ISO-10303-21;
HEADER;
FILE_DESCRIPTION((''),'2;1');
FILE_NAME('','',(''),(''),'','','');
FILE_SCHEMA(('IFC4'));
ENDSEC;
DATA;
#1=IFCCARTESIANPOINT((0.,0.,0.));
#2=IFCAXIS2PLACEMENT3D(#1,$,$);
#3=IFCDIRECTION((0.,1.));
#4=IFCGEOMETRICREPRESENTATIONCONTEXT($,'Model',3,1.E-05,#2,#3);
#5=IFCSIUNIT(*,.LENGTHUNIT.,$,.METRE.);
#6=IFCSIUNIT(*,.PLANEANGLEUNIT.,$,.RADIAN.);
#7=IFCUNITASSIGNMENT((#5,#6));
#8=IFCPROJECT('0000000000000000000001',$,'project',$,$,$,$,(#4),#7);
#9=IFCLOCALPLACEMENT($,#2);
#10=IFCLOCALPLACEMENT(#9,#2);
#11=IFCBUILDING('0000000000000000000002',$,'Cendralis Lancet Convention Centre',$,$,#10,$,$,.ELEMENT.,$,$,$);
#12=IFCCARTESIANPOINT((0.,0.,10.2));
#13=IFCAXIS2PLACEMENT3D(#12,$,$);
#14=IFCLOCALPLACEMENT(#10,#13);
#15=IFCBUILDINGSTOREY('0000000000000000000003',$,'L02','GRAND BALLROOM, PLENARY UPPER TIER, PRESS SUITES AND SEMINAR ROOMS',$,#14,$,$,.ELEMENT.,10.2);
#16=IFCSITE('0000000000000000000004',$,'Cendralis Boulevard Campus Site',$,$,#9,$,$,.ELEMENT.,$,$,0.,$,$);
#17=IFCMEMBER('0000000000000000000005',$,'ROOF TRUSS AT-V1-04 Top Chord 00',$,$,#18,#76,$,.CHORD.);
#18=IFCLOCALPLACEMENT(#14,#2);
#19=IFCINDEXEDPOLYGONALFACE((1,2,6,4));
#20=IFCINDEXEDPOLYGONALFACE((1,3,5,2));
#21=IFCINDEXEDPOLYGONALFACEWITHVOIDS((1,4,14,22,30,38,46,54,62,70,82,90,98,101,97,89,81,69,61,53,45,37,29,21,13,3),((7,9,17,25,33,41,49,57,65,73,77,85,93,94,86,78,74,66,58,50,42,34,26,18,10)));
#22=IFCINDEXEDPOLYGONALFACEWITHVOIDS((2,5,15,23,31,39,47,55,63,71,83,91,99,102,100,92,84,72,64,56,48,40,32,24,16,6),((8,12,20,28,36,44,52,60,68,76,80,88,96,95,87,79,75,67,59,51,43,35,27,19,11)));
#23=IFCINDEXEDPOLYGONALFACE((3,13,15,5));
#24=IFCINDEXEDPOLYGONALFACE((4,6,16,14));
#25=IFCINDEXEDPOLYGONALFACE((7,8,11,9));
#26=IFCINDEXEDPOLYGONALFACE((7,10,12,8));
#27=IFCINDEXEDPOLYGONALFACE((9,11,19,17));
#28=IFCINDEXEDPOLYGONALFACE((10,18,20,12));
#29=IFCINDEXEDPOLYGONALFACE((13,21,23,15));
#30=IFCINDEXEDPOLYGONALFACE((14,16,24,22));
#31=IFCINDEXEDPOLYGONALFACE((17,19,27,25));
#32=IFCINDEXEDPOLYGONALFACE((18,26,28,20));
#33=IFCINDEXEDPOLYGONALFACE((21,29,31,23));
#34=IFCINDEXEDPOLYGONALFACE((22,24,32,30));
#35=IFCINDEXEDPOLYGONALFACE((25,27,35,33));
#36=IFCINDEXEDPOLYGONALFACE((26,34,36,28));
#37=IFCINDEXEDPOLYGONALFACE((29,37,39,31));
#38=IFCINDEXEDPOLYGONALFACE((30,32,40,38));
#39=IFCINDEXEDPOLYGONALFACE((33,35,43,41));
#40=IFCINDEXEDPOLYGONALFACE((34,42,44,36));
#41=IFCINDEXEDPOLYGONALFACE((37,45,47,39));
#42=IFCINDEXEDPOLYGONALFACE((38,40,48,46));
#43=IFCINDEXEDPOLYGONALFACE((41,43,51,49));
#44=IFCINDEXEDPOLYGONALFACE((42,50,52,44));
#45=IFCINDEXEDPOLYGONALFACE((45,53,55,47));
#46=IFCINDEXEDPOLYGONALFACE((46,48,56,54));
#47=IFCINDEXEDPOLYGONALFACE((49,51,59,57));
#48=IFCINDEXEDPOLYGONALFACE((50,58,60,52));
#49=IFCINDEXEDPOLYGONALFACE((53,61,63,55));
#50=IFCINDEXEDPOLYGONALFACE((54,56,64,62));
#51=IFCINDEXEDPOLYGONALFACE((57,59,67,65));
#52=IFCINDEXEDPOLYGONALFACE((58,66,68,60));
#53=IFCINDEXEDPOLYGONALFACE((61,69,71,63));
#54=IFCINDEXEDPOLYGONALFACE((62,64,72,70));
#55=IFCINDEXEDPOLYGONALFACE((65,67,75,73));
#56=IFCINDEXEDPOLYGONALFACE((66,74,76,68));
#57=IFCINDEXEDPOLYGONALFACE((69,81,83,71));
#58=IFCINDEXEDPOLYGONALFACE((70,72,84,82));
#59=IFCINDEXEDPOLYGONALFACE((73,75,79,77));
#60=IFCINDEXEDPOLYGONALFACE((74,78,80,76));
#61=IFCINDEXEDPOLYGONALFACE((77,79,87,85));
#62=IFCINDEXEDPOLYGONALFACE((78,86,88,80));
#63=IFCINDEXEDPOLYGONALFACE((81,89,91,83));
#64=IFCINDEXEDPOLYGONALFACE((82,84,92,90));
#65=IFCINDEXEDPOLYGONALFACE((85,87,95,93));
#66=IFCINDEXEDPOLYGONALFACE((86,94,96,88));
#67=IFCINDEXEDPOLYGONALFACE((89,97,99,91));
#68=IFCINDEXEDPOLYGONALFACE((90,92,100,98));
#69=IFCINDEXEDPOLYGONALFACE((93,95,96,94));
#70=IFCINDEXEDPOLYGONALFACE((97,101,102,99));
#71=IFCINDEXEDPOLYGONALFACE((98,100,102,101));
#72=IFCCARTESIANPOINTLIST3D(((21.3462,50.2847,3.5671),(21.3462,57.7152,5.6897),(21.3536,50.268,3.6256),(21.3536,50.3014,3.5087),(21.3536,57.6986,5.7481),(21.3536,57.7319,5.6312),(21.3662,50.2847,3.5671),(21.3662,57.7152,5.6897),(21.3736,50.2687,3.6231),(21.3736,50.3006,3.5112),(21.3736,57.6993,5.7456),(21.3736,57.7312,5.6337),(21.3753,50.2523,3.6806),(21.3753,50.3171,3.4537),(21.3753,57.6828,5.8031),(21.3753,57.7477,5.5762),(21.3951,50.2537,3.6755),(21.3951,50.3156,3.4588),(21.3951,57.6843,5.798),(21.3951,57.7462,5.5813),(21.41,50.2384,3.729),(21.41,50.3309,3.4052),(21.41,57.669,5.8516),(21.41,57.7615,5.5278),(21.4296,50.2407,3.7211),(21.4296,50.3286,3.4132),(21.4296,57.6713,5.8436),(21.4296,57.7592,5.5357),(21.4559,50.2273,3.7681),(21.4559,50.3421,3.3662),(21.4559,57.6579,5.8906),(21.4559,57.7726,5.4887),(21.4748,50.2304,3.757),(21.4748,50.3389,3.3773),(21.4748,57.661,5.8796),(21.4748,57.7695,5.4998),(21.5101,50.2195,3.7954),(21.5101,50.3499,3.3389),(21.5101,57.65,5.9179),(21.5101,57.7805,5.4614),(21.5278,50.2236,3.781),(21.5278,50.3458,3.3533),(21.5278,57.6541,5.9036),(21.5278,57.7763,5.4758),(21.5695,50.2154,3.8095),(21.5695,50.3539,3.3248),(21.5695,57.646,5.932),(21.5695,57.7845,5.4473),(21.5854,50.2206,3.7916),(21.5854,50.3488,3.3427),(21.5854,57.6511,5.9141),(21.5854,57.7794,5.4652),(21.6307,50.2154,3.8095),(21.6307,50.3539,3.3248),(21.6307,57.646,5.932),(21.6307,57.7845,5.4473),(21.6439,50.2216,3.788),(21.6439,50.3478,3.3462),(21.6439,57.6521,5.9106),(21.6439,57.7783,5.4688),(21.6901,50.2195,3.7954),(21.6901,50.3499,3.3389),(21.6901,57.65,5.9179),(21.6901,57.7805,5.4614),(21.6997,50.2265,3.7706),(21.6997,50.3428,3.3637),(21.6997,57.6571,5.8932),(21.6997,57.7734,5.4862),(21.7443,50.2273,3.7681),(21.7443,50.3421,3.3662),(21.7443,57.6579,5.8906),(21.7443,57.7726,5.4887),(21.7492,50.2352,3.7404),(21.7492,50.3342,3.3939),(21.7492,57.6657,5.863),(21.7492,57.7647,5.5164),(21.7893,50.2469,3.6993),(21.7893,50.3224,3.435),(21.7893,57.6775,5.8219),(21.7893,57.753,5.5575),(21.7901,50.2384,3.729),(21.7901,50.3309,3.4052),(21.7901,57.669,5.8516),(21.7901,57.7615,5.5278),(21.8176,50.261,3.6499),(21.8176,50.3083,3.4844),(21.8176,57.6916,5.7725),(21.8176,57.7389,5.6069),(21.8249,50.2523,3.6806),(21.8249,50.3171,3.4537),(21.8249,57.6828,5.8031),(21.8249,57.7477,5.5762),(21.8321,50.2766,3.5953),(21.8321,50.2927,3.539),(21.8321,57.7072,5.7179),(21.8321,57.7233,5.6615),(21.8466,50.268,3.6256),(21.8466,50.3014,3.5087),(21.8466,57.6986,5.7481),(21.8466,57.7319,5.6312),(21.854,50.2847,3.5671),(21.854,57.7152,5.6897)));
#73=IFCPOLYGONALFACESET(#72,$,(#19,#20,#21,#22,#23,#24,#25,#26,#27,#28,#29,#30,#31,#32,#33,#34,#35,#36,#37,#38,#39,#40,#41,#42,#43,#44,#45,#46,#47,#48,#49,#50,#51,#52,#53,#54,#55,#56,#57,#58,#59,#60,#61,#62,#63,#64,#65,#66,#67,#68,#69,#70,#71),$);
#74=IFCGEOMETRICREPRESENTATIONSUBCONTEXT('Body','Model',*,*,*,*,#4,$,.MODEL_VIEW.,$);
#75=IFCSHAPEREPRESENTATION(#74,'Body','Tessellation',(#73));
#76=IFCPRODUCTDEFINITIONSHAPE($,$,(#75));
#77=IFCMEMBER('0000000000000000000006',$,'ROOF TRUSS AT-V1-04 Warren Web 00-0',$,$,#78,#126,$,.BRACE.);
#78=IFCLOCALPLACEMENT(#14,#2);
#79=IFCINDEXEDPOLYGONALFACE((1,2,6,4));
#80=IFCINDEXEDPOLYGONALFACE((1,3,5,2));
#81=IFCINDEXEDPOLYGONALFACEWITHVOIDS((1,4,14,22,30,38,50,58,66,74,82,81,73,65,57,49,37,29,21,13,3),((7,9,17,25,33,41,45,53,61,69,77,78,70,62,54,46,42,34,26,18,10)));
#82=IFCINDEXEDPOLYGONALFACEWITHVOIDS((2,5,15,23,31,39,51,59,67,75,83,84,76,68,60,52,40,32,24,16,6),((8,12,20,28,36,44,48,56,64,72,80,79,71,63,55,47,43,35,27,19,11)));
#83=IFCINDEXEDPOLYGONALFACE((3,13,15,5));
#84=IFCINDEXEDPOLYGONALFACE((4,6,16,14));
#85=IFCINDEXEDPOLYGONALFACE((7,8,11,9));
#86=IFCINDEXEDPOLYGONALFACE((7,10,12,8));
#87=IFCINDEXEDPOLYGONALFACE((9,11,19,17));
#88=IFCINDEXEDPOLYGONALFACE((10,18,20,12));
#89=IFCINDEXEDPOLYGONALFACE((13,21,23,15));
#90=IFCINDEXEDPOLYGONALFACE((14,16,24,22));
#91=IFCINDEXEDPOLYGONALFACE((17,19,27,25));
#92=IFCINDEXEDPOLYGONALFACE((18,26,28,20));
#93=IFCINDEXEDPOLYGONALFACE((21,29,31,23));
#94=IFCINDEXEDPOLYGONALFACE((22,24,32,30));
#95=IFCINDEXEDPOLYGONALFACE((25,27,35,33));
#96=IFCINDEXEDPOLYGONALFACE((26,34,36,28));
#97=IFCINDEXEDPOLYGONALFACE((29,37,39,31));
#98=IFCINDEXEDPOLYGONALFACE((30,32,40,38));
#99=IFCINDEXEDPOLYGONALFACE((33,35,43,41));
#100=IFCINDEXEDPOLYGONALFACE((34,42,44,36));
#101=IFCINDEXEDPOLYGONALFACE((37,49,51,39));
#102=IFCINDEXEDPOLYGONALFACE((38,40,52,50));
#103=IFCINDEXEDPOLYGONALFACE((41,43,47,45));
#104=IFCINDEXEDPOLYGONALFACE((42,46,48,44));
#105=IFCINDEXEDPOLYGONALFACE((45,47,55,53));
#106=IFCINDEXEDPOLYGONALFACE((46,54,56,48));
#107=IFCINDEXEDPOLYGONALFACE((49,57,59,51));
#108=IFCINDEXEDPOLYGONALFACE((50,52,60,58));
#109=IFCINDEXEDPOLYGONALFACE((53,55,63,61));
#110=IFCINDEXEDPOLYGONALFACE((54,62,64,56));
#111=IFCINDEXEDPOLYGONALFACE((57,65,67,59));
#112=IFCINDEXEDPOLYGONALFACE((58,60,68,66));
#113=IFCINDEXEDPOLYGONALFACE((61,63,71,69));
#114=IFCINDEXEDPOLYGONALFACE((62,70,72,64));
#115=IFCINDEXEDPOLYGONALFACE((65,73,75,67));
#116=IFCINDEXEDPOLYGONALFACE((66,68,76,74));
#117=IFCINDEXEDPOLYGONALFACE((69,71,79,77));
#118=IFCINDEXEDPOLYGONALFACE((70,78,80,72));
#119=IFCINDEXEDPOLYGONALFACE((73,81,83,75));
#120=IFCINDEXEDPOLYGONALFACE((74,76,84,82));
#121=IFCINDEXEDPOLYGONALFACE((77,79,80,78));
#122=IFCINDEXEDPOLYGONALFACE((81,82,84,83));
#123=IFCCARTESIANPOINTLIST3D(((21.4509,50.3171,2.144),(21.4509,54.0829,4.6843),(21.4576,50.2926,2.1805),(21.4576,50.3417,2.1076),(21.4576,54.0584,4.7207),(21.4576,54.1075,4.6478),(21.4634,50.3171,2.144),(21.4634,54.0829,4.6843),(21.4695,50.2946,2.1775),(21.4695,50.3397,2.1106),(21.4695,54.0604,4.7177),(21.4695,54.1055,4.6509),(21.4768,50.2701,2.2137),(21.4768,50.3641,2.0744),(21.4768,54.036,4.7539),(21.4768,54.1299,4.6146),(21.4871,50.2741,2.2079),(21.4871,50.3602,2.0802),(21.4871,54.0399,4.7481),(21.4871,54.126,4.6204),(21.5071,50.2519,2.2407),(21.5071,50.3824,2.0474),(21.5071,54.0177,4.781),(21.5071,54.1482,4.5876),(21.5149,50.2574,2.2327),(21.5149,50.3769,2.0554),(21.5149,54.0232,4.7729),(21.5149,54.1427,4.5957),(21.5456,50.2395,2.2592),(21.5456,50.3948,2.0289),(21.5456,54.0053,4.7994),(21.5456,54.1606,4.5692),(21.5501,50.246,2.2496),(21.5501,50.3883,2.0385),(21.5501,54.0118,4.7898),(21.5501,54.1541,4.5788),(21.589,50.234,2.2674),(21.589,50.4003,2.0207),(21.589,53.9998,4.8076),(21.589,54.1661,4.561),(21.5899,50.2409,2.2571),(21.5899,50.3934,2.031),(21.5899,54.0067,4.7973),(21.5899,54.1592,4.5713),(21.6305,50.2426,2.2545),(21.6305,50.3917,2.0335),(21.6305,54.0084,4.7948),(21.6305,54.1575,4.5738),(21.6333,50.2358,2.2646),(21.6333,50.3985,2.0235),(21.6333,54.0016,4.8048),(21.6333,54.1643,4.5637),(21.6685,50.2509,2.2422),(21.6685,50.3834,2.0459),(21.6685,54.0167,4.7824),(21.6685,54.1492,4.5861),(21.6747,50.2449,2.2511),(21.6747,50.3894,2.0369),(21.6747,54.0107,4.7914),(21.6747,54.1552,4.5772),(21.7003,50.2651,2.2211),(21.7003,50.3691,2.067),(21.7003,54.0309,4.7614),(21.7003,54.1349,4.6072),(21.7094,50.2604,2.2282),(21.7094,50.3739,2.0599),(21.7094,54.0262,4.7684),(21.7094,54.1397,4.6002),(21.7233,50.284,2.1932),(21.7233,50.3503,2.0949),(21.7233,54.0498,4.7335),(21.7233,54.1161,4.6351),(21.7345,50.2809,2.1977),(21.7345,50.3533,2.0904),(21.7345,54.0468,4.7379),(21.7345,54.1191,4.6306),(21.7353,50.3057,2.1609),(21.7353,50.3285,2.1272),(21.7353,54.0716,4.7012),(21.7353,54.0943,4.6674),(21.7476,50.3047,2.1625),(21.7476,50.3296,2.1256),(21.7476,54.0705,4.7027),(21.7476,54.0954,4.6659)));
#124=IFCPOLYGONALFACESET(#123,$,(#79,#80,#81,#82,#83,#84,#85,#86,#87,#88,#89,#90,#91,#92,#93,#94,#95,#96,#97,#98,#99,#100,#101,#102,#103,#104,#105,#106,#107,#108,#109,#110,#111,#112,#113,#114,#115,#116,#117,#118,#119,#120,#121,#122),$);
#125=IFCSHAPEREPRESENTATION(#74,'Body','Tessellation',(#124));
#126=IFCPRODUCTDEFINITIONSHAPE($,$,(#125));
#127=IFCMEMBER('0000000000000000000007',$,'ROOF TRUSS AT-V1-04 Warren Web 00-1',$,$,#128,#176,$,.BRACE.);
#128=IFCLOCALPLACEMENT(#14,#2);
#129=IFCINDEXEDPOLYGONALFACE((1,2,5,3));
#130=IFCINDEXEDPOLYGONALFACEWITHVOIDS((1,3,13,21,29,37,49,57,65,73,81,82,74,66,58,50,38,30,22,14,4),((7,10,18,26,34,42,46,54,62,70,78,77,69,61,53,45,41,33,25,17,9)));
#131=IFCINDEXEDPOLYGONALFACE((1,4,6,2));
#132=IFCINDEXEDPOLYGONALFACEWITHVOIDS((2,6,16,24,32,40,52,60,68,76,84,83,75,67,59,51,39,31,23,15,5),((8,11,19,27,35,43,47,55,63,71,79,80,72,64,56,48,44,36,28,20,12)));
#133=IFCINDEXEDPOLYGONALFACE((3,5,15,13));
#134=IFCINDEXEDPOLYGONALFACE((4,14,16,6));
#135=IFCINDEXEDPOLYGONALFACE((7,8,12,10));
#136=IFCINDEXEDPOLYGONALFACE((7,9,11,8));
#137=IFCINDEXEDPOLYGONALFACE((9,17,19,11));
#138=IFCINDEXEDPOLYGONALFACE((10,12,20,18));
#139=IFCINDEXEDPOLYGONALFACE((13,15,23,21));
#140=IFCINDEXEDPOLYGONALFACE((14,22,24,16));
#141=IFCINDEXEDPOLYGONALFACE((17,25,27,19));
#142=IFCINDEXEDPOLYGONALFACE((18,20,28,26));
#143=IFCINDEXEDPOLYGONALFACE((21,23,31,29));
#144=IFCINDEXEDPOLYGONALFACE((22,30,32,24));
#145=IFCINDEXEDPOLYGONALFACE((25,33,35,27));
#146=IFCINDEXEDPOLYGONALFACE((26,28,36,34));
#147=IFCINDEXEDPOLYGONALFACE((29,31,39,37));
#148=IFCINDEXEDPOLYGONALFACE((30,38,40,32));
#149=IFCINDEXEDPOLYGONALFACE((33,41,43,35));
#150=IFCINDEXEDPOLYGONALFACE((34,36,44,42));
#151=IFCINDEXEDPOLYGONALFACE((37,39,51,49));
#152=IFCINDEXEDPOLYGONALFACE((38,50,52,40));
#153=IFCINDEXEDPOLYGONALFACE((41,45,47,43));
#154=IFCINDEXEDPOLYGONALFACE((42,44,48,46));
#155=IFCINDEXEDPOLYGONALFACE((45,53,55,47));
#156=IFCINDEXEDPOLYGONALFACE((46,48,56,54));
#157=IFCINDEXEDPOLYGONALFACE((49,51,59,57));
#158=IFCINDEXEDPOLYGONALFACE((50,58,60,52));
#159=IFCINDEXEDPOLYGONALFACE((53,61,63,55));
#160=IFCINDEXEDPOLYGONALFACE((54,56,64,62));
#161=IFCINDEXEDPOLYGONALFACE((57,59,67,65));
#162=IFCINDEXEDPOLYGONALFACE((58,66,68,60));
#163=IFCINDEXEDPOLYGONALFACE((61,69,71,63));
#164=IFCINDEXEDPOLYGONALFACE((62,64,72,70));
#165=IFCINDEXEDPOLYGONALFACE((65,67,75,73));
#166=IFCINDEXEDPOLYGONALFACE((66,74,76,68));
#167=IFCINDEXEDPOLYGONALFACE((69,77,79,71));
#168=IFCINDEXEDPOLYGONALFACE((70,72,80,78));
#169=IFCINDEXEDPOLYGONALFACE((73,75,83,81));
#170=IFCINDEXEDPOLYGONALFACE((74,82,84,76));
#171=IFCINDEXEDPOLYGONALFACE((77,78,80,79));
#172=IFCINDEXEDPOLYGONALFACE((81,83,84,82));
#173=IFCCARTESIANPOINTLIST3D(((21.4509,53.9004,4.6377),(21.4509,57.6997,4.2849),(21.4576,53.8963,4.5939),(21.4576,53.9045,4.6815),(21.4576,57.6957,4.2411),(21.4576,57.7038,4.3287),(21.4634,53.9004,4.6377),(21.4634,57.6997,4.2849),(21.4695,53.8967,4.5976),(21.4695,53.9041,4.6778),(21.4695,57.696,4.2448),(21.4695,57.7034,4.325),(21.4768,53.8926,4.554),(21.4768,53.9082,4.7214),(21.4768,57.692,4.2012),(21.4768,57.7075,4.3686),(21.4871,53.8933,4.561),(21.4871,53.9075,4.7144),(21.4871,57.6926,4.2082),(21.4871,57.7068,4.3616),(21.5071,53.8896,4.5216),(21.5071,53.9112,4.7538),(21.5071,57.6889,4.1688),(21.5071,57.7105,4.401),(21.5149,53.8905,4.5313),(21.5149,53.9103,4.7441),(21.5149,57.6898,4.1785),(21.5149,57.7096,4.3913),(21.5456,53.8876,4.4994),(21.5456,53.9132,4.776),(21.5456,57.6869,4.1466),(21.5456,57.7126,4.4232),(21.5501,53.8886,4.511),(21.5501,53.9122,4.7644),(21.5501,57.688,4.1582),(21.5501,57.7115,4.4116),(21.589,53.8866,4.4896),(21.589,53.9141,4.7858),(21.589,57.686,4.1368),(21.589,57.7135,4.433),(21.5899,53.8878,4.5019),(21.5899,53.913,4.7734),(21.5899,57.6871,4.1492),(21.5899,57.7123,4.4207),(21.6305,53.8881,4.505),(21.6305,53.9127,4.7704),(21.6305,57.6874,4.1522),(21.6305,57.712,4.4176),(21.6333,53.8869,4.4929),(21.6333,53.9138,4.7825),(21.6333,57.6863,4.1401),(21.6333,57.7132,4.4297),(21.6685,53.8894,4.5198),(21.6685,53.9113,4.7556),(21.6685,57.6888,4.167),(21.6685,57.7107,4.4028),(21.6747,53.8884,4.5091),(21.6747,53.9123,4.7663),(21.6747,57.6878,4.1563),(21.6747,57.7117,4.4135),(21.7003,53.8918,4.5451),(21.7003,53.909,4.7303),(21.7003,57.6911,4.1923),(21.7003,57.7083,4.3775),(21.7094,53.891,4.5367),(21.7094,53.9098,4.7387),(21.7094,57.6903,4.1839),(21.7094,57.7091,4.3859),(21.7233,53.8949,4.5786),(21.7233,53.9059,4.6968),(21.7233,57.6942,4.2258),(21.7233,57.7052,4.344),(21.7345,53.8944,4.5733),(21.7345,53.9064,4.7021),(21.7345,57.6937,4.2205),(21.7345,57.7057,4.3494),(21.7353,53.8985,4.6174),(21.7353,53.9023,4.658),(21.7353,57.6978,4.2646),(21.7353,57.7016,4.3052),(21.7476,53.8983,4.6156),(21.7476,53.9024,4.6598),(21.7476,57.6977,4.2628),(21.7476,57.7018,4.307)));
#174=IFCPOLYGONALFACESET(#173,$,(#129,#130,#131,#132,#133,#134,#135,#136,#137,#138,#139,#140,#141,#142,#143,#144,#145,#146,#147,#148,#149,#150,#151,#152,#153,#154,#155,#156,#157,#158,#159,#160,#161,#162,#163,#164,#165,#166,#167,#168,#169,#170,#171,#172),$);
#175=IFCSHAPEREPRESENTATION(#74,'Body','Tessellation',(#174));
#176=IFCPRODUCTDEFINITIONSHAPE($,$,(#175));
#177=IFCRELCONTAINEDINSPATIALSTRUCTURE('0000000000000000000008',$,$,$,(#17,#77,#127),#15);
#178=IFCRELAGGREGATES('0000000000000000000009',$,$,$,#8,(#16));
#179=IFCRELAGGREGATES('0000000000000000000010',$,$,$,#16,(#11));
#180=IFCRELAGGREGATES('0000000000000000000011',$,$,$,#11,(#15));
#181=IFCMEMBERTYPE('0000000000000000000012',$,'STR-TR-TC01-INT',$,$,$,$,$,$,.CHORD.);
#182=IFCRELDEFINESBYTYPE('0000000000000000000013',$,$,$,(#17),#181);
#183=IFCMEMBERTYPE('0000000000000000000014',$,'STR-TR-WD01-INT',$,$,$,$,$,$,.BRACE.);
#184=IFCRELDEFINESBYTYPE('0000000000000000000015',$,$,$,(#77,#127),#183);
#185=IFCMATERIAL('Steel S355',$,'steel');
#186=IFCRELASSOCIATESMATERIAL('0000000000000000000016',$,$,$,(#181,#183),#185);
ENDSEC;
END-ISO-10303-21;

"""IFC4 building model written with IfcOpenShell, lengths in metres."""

from ifc_helpers import new_model, si_unit, direction, frame, origin, origin_2d, place, context, subcontext, project, spatial, hollow_circle, extrude, material, material_profile, profile_set, type_object, element, save


model = new_model("IFC4")

# Units and contexts
model_context = context("Model", 3, precision=1e-05, world=origin(), true_north=direction((0.0, 1.0)))
body_context = subcontext(model_context, "Body", "Model", "MODEL_VIEW")
ifc_project = project(units=[si_unit("LENGTHUNIT", "METRE"), si_unit("PLANEANGLEUNIT", "RADIAN")], contexts=[model_context])

# Site, building, storey
site_placement = place(None, origin())
site = spatial("IfcSite", under=ifc_project, at=site_placement, Name="Cendralis Boulevard Campus Site", CompositionType="ELEMENT", RefElevation=0.0)
building_placement = place(site_placement, origin())
building = spatial("IfcBuilding", under=site, at=building_placement, Name="Cendralis Lancet Convention Centre", CompositionType="ELEMENT")
storey_placement = place(building_placement, frame((0.0, 0.0, 10.2)))
storey = spatial("IfcBuildingStorey", under=building, at=storey_placement, Name="L02", Description="GRAND BALLROOM, PLENARY UPPER TIER, PRESS SUITES AND SEMINAR ROOMS", CompositionType="ELEMENT", Elevation=10.2)

# Shared definitions
ifc_material_1 = material(Name="Steel S355", Category="steel")

# Members
ifc_material_profile_1 = material_profile(ifc_material_1, hollow_circle(Radius=0.2539, WallThickness=0.02, at=origin_2d()), Name="CHS 508.0x20.0")
ifc_profile_set_1 = profile_set([ifc_material_profile_1], Name="Steel S355")
member_type_1 = type_object("IfcMemberType", Name="STR-TR-TC01-INT", PredefinedType="CHORD", material=ifc_profile_set_1)
member_1_placement = place(storey_placement, frame((21.6001, 50.2847, 3.5671), z_axis=(0.0, 0.961541, 0.274663), x_axis=(-1.0, 0.0, 0.0)))
element("IfcMember", 1, at=member_1_placement, inside=storey, type_object=member_type_1, Name="ROOF TRUSS AT-V1-04 Top Chord 00", PredefinedType="CHORD", context=body_context, shape_type="SweptSolid", body=[
    extrude(hollow_circle(Radius=0.2539, WallThickness=0.02, at=origin_2d()), origin(), (0.0, 0.0, 1.0), 7.7278),
])
ifc_material_profile_2 = material_profile(ifc_material_1, hollow_circle(Radius=0.1492, WallThickness=0.0125, at=origin_2d()), Name="CHS 298.5x12.5")
ifc_profile_set_2 = profile_set([ifc_material_profile_2], Name="Steel S355")
member_type_2 = type_object("IfcMemberType", Name="STR-TR-WD01-INT", PredefinedType="BRACE", material=ifc_profile_set_2)
member_2_placement = place(storey_placement, frame((21.6001, 50.3171, 2.144), z_axis=(0.0, 0.82902, 0.559219), x_axis=(-1.0, 0.0, 0.0)))
element("IfcMember", 2, at=member_2_placement, inside=storey, type_object=member_type_2, Name="ROOF TRUSS AT-V1-04 Warren Web 00-0", PredefinedType="BRACE", context=body_context, shape_type="SweptSolid", body=[
    extrude(hollow_circle(Radius=0.1492, WallThickness=0.0125, at=origin_2d()), origin(), (0.0, 0.0, 1.0), 4.5425),
])
member_3_placement = place(storey_placement, frame((21.6001, 53.9004, 4.6377), z_axis=(0.0, 0.995717, -0.092457), x_axis=(-1.0, 0.0, 0.0)))
element("IfcMember", 3, at=member_3_placement, inside=storey, type_object=member_type_2, Name="ROOF TRUSS AT-V1-04 Warren Web 00-1", PredefinedType="BRACE", context=body_context, shape_type="SweptSolid", body=[
    extrude(hollow_circle(Radius=0.1492, WallThickness=0.0125, at=origin_2d()), origin(), (0.0, 0.0, 1.0), 3.8157),
])

save(model, "model.ifc")
